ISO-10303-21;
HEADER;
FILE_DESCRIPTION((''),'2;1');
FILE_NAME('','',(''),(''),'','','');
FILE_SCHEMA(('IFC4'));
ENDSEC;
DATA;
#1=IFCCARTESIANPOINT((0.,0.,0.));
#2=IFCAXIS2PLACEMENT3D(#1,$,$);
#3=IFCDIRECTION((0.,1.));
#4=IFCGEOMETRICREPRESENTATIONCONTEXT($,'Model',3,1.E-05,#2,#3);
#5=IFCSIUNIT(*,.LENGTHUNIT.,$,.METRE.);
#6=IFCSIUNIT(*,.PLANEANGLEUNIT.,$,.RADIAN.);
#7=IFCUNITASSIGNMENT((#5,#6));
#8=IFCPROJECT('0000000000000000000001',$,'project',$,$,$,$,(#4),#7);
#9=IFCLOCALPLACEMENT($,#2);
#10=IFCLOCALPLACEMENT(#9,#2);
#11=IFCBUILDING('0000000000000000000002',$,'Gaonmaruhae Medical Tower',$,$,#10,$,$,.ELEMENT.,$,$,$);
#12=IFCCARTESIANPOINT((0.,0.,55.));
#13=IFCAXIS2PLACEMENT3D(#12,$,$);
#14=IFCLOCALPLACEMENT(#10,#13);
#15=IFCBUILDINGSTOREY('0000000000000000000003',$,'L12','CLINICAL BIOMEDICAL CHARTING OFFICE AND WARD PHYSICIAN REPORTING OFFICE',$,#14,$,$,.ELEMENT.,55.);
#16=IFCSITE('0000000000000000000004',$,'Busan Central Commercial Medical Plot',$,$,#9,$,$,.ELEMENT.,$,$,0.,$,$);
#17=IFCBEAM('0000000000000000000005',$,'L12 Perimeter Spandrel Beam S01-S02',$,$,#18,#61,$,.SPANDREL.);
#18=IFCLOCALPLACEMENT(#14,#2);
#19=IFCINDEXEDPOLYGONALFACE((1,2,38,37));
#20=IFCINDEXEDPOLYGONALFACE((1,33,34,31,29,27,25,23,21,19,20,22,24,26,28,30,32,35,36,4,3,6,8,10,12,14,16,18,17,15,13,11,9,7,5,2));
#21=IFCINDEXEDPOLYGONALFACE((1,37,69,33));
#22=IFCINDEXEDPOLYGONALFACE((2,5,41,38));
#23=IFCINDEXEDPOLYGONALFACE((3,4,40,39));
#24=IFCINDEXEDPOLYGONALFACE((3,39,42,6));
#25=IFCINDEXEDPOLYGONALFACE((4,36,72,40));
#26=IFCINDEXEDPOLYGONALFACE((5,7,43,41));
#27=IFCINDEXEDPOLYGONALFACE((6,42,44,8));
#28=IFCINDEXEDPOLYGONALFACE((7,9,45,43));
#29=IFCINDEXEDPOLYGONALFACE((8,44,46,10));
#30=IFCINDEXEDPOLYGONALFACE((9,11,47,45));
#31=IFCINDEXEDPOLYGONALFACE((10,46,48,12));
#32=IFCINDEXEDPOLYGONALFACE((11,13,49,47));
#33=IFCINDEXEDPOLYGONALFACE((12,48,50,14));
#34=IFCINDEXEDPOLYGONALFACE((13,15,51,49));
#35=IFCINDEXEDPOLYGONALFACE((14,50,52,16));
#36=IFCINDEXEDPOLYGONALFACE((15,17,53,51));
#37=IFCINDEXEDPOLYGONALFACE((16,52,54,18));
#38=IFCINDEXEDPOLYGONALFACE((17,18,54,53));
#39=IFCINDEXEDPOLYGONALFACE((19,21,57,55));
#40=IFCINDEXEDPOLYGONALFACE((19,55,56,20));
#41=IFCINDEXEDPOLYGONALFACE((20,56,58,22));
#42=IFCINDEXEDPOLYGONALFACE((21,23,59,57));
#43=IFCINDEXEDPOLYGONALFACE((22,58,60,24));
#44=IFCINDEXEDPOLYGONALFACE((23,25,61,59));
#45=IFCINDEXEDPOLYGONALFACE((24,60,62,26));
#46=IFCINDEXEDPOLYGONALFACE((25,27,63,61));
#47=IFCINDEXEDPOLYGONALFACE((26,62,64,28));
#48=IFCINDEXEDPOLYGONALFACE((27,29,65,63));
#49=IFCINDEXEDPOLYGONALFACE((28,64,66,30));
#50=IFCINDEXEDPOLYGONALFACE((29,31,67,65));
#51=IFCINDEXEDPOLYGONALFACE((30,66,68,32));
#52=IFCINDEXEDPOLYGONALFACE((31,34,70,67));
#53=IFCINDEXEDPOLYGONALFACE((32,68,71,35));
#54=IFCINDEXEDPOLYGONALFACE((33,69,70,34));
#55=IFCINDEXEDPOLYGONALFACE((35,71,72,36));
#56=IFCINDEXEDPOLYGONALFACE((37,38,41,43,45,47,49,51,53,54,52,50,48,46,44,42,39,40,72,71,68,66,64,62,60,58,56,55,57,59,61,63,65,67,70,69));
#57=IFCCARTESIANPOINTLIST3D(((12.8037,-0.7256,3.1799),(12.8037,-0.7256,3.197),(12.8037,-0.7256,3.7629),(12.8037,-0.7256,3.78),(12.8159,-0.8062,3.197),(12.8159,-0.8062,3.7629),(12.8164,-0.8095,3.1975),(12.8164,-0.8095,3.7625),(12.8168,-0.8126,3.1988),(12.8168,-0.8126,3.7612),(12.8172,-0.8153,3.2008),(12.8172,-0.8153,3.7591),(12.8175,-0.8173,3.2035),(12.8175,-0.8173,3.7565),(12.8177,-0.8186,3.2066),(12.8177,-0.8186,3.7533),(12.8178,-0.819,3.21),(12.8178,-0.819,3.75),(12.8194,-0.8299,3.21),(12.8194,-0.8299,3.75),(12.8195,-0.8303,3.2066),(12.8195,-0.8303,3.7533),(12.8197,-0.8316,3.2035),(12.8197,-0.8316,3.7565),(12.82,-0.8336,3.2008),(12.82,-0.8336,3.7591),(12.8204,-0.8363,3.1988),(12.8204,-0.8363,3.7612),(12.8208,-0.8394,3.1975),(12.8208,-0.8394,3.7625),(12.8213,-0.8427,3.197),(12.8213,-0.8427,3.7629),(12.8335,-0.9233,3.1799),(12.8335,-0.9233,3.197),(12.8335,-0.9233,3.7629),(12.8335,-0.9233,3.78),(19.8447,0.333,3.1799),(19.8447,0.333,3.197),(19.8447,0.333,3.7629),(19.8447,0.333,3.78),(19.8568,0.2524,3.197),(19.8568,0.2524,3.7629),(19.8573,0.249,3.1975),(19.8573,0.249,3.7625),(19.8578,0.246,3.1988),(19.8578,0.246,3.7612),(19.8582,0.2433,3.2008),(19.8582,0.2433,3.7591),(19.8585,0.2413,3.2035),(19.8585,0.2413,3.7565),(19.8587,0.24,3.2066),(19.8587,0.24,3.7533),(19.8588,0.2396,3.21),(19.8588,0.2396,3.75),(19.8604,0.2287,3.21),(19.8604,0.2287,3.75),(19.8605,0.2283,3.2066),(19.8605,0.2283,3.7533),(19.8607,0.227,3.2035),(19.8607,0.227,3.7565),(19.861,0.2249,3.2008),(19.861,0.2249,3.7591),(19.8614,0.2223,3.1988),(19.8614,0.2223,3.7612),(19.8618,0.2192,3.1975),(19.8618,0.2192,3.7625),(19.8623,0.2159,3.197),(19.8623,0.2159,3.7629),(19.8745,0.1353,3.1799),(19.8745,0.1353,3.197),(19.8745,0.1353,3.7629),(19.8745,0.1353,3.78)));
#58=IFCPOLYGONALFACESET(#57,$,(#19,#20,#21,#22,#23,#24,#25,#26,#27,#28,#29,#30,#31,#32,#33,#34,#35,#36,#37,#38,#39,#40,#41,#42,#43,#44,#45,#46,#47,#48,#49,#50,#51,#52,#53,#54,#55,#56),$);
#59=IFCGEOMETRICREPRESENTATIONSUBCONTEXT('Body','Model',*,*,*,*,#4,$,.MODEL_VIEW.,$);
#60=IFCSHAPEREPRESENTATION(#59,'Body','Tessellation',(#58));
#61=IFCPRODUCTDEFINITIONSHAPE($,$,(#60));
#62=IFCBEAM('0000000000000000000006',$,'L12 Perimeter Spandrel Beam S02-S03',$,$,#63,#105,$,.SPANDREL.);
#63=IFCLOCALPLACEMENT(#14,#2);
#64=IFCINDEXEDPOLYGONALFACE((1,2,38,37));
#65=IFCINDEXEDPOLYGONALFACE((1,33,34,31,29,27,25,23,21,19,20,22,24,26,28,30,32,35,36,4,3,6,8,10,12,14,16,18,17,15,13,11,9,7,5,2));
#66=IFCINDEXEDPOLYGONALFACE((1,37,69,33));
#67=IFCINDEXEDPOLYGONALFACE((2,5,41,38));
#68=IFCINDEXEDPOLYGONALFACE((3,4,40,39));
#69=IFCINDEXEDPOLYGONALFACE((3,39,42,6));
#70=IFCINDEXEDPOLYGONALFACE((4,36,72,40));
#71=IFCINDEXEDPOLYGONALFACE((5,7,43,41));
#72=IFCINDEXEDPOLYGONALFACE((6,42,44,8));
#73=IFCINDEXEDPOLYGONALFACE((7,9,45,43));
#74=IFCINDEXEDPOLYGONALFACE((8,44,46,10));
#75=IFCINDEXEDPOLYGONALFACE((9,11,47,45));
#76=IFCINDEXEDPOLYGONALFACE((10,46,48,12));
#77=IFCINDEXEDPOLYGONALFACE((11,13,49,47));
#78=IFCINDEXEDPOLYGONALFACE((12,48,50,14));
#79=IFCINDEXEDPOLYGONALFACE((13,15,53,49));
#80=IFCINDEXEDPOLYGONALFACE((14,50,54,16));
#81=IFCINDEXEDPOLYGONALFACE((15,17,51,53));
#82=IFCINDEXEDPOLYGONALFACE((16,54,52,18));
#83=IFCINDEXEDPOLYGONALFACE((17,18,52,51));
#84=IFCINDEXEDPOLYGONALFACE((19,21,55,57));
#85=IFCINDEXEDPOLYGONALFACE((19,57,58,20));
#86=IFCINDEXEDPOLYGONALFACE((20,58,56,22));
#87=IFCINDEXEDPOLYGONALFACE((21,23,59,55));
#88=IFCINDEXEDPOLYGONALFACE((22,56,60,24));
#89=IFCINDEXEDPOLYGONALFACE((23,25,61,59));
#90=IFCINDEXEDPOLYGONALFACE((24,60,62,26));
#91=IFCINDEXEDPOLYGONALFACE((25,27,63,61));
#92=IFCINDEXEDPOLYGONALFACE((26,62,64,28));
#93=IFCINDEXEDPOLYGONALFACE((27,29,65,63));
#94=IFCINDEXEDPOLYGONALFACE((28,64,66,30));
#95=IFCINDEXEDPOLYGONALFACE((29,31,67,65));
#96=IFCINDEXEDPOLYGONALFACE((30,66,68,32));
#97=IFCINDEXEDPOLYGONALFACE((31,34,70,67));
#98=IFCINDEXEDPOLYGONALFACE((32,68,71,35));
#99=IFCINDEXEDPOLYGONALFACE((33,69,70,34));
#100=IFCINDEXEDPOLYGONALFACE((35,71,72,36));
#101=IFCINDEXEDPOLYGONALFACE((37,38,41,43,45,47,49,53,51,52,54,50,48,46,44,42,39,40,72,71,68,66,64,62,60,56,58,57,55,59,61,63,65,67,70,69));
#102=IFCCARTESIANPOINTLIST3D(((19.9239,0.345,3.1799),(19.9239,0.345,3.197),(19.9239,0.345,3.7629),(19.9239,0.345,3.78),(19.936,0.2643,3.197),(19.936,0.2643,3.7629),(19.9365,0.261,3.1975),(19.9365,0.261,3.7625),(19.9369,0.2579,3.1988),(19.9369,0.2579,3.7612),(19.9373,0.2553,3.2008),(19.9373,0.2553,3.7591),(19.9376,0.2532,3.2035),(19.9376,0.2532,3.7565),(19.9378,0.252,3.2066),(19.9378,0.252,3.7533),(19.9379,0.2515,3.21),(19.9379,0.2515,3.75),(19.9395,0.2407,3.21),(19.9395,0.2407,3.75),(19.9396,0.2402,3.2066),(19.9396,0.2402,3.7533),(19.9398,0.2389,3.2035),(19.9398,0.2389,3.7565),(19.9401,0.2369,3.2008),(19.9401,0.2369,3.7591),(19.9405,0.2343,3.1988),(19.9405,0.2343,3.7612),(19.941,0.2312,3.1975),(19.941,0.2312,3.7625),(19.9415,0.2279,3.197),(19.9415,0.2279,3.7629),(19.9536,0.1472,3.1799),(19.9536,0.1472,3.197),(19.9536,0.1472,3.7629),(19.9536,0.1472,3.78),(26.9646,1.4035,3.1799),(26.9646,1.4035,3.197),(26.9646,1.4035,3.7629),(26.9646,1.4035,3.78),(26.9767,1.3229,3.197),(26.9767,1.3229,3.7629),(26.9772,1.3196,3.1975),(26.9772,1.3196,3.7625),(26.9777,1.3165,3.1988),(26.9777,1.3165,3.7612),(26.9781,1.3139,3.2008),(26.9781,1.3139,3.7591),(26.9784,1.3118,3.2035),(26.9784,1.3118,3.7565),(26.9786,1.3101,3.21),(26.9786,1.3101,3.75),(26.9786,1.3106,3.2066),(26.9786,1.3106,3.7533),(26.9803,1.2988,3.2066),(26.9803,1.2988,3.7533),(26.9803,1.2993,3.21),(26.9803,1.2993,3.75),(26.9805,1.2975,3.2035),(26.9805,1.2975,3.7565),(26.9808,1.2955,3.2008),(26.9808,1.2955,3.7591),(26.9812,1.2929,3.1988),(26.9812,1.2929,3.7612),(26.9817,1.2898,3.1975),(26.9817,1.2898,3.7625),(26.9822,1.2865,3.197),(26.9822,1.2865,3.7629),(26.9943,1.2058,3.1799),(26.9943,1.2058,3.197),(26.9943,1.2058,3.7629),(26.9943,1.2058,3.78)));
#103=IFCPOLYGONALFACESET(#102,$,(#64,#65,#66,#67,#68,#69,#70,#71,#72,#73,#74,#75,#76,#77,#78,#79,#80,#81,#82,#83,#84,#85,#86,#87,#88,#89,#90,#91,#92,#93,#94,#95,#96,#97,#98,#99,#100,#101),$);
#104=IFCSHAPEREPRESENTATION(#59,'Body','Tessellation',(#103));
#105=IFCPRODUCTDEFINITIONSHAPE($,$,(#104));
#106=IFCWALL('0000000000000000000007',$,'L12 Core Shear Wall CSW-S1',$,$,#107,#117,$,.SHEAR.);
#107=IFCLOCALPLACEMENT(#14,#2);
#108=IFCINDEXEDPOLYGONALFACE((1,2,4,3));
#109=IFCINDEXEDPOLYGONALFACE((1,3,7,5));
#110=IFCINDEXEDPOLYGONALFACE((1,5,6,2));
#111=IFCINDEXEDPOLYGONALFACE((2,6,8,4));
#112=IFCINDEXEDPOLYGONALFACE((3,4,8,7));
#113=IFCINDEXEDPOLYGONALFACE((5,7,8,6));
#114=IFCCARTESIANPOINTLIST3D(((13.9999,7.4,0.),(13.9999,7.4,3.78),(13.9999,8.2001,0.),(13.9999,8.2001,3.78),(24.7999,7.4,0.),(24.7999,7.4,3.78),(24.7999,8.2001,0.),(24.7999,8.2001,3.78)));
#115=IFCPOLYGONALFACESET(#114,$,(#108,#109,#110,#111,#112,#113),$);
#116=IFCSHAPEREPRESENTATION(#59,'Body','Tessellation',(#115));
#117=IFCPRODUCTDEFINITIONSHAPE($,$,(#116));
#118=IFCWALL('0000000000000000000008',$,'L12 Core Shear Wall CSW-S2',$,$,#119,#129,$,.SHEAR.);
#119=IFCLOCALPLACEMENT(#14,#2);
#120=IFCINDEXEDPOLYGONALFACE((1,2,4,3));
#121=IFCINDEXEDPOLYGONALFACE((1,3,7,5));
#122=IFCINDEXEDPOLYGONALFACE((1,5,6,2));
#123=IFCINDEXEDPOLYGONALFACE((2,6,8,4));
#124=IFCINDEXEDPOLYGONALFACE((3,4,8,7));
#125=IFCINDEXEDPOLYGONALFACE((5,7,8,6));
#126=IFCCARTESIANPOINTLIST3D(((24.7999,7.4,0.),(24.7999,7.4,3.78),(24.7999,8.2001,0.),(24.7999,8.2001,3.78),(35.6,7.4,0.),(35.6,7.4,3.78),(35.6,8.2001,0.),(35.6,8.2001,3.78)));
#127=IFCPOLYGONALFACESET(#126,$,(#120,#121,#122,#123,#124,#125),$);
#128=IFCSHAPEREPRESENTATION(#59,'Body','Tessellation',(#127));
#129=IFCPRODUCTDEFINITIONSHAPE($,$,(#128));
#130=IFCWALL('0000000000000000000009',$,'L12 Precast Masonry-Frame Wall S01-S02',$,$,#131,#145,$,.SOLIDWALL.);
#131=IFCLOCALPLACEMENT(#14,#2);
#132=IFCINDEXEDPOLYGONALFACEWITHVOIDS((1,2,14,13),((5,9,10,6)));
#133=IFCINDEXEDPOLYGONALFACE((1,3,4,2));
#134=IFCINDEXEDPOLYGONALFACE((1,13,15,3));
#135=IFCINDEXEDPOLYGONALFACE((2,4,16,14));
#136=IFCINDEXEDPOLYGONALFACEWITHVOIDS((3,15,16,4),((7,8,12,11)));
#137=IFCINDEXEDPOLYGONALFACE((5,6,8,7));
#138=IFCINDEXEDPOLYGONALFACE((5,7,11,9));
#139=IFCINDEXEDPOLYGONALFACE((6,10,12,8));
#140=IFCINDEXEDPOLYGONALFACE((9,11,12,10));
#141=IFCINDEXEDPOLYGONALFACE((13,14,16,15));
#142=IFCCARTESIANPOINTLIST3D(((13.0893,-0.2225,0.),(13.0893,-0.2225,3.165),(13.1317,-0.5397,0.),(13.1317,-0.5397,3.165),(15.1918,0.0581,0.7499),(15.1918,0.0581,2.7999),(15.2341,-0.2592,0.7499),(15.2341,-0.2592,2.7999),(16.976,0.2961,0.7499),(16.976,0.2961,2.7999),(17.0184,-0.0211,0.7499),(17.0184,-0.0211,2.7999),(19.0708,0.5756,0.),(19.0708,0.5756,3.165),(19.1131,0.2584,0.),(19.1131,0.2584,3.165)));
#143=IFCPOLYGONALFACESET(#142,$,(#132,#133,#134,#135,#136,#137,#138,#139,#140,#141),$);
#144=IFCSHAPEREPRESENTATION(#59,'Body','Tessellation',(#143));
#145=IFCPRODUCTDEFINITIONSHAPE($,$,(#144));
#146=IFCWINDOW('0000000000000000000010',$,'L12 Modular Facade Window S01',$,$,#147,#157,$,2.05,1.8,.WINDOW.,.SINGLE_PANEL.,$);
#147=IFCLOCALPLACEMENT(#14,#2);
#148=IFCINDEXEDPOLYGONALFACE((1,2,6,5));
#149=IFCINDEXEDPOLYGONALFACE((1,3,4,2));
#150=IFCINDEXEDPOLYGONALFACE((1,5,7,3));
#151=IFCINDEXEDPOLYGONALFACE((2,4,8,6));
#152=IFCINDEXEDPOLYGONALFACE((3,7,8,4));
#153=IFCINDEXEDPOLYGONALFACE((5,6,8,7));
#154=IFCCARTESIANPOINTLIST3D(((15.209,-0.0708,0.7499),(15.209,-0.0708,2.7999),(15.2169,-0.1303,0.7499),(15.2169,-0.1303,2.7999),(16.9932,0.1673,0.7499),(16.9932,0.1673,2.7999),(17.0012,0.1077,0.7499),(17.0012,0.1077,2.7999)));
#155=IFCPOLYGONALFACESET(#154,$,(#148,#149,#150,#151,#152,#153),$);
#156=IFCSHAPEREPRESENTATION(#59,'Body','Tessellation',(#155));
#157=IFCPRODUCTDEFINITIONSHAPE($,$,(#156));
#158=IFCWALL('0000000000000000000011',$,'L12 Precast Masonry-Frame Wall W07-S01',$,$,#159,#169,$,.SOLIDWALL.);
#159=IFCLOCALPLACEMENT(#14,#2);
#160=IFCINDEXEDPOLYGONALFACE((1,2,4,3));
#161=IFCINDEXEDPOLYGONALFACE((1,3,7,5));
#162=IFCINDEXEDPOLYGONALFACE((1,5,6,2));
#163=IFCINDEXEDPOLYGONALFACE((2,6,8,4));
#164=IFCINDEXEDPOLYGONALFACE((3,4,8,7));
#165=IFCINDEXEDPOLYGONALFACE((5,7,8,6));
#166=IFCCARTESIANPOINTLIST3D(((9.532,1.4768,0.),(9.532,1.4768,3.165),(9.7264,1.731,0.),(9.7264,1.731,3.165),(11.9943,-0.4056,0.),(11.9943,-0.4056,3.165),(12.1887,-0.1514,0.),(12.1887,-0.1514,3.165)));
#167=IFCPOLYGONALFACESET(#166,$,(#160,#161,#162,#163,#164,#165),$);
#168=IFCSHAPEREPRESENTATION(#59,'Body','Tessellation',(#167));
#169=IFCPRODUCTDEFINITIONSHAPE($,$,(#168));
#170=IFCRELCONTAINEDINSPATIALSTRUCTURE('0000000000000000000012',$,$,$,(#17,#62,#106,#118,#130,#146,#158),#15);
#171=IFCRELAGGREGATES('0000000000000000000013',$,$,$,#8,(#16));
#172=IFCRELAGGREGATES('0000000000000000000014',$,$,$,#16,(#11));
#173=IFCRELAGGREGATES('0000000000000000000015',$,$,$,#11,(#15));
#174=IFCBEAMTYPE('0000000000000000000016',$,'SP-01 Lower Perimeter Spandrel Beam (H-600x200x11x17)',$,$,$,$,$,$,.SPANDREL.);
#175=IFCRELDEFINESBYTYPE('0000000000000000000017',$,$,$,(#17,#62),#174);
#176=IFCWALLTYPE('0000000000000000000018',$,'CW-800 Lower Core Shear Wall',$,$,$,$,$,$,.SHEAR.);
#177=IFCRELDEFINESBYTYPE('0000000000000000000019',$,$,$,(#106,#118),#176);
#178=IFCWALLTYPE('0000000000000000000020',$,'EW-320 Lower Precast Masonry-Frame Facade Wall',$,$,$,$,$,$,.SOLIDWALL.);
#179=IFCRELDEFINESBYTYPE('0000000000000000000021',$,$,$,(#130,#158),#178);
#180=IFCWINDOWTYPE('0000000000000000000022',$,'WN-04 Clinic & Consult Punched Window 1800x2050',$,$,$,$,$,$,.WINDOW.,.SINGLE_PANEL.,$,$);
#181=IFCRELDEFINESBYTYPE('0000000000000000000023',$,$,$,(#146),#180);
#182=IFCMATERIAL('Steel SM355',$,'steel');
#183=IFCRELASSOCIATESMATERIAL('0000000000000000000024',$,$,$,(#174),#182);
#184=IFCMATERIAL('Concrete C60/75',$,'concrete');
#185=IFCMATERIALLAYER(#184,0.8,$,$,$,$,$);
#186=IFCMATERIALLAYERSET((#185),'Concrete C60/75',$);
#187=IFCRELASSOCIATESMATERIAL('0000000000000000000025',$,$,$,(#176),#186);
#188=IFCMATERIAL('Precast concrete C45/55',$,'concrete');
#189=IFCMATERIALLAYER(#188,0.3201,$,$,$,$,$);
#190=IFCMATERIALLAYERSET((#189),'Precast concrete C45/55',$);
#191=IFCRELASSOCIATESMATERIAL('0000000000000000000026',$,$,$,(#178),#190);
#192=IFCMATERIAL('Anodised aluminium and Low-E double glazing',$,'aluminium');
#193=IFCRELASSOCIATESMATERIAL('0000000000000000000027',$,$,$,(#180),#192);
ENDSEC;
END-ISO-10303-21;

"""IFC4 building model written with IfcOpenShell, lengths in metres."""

from ifc_helpers import new_model, si_unit, direction, frame, frame_2d, origin, origin_2d, place, context, subcontext, project, spatial, rectangle, i_section, extrude, material, layer, layer_set, material_profile, profile_set, type_object, element, fill, save


model = new_model("IFC4")

# Units and contexts
model_context = context("Model", 3, precision=1e-05, world=origin(), true_north=direction((0.0, 1.0)))
body_context = subcontext(model_context, "Body", "Model", "MODEL_VIEW")
ifc_project = project(units=[si_unit("LENGTHUNIT", "METRE"), si_unit("PLANEANGLEUNIT", "RADIAN")], contexts=[model_context])

# Site, building, storey
site_placement = place(None, origin())
site = spatial("IfcSite", under=ifc_project, at=site_placement, Name="Busan Central Commercial Medical Plot", CompositionType="ELEMENT", RefElevation=0.0)
building_placement = place(site_placement, origin())
building = spatial("IfcBuilding", under=site, at=building_placement, Name="Gaonmaruhae Medical Tower", CompositionType="ELEMENT")
storey_placement = place(building_placement, frame((0.0, 0.0, 55.0)))
storey = spatial("IfcBuildingStorey", under=building, at=storey_placement, Name="L12", Description="CLINICAL BIOMEDICAL CHARTING OFFICE AND WARD PHYSICIAN REPORTING OFFICE", CompositionType="ELEMENT", Elevation=55.0)

# Shared definitions
ifc_material_1 = material(Name="Concrete C60/75", Category="concrete")

# Beams
ifc_material_2 = material(Name="Steel SM355", Category="steel")
ifc_material_profile_1 = material_profile(ifc_material_2, i_section(OverallWidth=0.2, OverallDepth=0.6001, WebThickness=0.011, FlangeThickness=0.0171, FilletRadius=0.0129, at=origin_2d()), Name="H-600x200x11x17")
ifc_profile_set_1 = profile_set([ifc_material_profile_1], Name="Steel SM355")
beam_type_1 = type_object("IfcBeamType", Name="SP-01 Lower Perimeter Spandrel Beam (H-600x200x11x17)", PredefinedType="SPANDREL", material=ifc_profile_set_1)
beam_1_placement = place(storey_placement, frame((12.8186, -0.8245, 3.48), z_axis=(0.988886, 0.148676, 0.0), x_axis=(-0.148676, 0.988886, 0.0)))
element("IfcBeam", 1, at=beam_1_placement, inside=storey, type_object=beam_type_1, Name="L12 Perimeter Spandrel Beam S01-S02", PredefinedType="SPANDREL", context=body_context, shape_type="SweptSolid", body=[
    extrude(i_section(OverallWidth=0.2, OverallDepth=0.6001, WebThickness=0.011, FlangeThickness=0.0171, FilletRadius=0.0129, at=origin_2d()), origin(), (0.0, 0.0, 1.0), 7.1201),
])
beam_2_placement = place(storey_placement, frame((19.9387, 0.2461, 3.48), z_axis=(0.988885, 0.148681, 0.0), x_axis=(-0.148681, 0.988885, 0.0)))
element("IfcBeam", 2, at=beam_2_placement, inside=storey, type_object=beam_type_1, Name="L12 Perimeter Spandrel Beam S02-S03", PredefinedType="SPANDREL", context=body_context, shape_type="SweptSolid", body=[
    extrude(i_section(OverallWidth=0.2, OverallDepth=0.6001, WebThickness=0.011, FlangeThickness=0.0171, FilletRadius=0.0129, at=origin_2d()), origin(), (0.0, 0.0, 1.0), 7.1199),
])

# Walls
ifc_layer_1 = layer(ifc_material_1, 0.8)
ifc_layer_set_1 = layer_set([ifc_layer_1], Name="Concrete C60/75")
wall_type_1 = type_object("IfcWallType", Name="CW-800 Lower Core Shear Wall", PredefinedType="SHEAR", material=ifc_layer_set_1)
for number, where, z_axis, x_axis, name in (
    (3, (14.0, 7.8, 0.0), (0.0, 0.0, 1.0), (1.0, 0.0, 0.0), "L12 Core Shear Wall CSW-S1"),
    (4, (24.8, 7.8, 0.0), (0.0, 0.0, 1.0), (1.0, 0.0, 0.0), "L12 Core Shear Wall CSW-S2"),
):
    element("IfcWall", number, at=place(storey_placement, frame(where, z_axis=z_axis, x_axis=x_axis)), inside=storey, type_object=wall_type_1, Name=name, PredefinedType="SHEAR", context=body_context, shape_type="SweptSolid", body=[
        extrude(rectangle(XDim=10.8, YDim=0.8, at=frame_2d((5.3999, 0.0))), origin(), (0.0, 0.0, 1.0), 3.78),
    ])

# Wall, opening, window
ifc_material_3 = material(Name="Precast concrete C45/55", Category="concrete")
ifc_layer_2 = layer(ifc_material_3, 0.3201)
ifc_layer_set_2 = layer_set([ifc_layer_2], Name="Precast concrete C45/55")
wall_type_2 = type_object("IfcWallType", Name="EW-320 Lower Precast Masonry-Frame Facade Wall", PredefinedType="SOLIDWALL", material=ifc_layer_set_2)
wall_1_placement = place(storey_placement, frame((19.0918, 0.417, 0.0), z_axis=(0.0, 0.0, 1.0), x_axis=(-0.991216, -0.132256, 0.0)))
wall_1 = element("IfcWall", 5, at=wall_1_placement, inside=storey, type_object=wall_type_2, Name="L12 Precast Masonry-Frame Wall S01-S02", PredefinedType="SOLIDWALL", context=body_context, shape_type="SweptSolid", body=[
    extrude(rectangle(XDim=6.0344, YDim=0.3201, at=frame_2d((3.0171, 0.0))), origin(), (0.0, 0.0, 1.0), 3.165),
])
opening_1_placement = place(wall_1_placement, frame((2.1133, 0.0, 0.75)))
opening_1 = element("IfcOpeningElement", 6, at=opening_1_placement, cuts=wall_1, PredefinedType="OPENING", context=body_context, shape_type="SweptSolid", body=[
    extrude(rectangle(XDim=1.8, YDim=2.05, at=frame_2d((0.8999, 1.0249))), frame((0.0, 0.1699, 0.0), z_axis=(0.0, -1.0, 0.0), x_axis=(1.0, 0.0, 0.0)), (0.0, 0.0, 1.0), 0.3401),
])
ifc_material_4 = material(Name="Anodised aluminium and Low-E double glazing", Category="aluminium")
window_type = type_object("IfcWindowType", Name="WN-04 Clinic & Consult Punched Window 1800x2050", PartitioningType="SINGLE_PANEL", PredefinedType="WINDOW", material=ifc_material_4)
window_placement = place(opening_1_placement, origin())
window = element("IfcWindow", 7, at=window_placement, inside=storey, type_object=window_type, Name="L12 Modular Facade Window S01", OverallHeight=2.05, OverallWidth=1.8, PartitioningType="SINGLE_PANEL", PredefinedType="WINDOW", context=body_context, shape_type="SweptSolid", body=[
    extrude(rectangle(XDim=1.8, YDim=2.05, at=frame_2d((0.8999, 1.0249))), frame((0.0, 0.03, 0.0), z_axis=(0.0, -1.0, 0.0), x_axis=(1.0, 0.0, 0.0)), (0.0, 0.0, 1.0), 0.0601),
])
fill(opening_1, window)

# Wall
wall_2_placement = place(storey_placement, frame((12.0916, -0.2786, 0.0), z_axis=(0.0, 0.0, 1.0), x_axis=(-0.794436, 0.607348, 0.0)))
element("IfcWall", 8, at=wall_2_placement, inside=storey, type_object=wall_type_2, Name="L12 Precast Masonry-Frame Wall W07-S01", PredefinedType="SOLIDWALL", context=body_context, shape_type="SweptSolid", body=[
    extrude(rectangle(XDim=3.0994, YDim=0.3201, at=frame_2d((1.5498, 0.0))), origin(), (0.0, 0.0, 1.0), 3.165),
])

save(model, "model.ifc")
